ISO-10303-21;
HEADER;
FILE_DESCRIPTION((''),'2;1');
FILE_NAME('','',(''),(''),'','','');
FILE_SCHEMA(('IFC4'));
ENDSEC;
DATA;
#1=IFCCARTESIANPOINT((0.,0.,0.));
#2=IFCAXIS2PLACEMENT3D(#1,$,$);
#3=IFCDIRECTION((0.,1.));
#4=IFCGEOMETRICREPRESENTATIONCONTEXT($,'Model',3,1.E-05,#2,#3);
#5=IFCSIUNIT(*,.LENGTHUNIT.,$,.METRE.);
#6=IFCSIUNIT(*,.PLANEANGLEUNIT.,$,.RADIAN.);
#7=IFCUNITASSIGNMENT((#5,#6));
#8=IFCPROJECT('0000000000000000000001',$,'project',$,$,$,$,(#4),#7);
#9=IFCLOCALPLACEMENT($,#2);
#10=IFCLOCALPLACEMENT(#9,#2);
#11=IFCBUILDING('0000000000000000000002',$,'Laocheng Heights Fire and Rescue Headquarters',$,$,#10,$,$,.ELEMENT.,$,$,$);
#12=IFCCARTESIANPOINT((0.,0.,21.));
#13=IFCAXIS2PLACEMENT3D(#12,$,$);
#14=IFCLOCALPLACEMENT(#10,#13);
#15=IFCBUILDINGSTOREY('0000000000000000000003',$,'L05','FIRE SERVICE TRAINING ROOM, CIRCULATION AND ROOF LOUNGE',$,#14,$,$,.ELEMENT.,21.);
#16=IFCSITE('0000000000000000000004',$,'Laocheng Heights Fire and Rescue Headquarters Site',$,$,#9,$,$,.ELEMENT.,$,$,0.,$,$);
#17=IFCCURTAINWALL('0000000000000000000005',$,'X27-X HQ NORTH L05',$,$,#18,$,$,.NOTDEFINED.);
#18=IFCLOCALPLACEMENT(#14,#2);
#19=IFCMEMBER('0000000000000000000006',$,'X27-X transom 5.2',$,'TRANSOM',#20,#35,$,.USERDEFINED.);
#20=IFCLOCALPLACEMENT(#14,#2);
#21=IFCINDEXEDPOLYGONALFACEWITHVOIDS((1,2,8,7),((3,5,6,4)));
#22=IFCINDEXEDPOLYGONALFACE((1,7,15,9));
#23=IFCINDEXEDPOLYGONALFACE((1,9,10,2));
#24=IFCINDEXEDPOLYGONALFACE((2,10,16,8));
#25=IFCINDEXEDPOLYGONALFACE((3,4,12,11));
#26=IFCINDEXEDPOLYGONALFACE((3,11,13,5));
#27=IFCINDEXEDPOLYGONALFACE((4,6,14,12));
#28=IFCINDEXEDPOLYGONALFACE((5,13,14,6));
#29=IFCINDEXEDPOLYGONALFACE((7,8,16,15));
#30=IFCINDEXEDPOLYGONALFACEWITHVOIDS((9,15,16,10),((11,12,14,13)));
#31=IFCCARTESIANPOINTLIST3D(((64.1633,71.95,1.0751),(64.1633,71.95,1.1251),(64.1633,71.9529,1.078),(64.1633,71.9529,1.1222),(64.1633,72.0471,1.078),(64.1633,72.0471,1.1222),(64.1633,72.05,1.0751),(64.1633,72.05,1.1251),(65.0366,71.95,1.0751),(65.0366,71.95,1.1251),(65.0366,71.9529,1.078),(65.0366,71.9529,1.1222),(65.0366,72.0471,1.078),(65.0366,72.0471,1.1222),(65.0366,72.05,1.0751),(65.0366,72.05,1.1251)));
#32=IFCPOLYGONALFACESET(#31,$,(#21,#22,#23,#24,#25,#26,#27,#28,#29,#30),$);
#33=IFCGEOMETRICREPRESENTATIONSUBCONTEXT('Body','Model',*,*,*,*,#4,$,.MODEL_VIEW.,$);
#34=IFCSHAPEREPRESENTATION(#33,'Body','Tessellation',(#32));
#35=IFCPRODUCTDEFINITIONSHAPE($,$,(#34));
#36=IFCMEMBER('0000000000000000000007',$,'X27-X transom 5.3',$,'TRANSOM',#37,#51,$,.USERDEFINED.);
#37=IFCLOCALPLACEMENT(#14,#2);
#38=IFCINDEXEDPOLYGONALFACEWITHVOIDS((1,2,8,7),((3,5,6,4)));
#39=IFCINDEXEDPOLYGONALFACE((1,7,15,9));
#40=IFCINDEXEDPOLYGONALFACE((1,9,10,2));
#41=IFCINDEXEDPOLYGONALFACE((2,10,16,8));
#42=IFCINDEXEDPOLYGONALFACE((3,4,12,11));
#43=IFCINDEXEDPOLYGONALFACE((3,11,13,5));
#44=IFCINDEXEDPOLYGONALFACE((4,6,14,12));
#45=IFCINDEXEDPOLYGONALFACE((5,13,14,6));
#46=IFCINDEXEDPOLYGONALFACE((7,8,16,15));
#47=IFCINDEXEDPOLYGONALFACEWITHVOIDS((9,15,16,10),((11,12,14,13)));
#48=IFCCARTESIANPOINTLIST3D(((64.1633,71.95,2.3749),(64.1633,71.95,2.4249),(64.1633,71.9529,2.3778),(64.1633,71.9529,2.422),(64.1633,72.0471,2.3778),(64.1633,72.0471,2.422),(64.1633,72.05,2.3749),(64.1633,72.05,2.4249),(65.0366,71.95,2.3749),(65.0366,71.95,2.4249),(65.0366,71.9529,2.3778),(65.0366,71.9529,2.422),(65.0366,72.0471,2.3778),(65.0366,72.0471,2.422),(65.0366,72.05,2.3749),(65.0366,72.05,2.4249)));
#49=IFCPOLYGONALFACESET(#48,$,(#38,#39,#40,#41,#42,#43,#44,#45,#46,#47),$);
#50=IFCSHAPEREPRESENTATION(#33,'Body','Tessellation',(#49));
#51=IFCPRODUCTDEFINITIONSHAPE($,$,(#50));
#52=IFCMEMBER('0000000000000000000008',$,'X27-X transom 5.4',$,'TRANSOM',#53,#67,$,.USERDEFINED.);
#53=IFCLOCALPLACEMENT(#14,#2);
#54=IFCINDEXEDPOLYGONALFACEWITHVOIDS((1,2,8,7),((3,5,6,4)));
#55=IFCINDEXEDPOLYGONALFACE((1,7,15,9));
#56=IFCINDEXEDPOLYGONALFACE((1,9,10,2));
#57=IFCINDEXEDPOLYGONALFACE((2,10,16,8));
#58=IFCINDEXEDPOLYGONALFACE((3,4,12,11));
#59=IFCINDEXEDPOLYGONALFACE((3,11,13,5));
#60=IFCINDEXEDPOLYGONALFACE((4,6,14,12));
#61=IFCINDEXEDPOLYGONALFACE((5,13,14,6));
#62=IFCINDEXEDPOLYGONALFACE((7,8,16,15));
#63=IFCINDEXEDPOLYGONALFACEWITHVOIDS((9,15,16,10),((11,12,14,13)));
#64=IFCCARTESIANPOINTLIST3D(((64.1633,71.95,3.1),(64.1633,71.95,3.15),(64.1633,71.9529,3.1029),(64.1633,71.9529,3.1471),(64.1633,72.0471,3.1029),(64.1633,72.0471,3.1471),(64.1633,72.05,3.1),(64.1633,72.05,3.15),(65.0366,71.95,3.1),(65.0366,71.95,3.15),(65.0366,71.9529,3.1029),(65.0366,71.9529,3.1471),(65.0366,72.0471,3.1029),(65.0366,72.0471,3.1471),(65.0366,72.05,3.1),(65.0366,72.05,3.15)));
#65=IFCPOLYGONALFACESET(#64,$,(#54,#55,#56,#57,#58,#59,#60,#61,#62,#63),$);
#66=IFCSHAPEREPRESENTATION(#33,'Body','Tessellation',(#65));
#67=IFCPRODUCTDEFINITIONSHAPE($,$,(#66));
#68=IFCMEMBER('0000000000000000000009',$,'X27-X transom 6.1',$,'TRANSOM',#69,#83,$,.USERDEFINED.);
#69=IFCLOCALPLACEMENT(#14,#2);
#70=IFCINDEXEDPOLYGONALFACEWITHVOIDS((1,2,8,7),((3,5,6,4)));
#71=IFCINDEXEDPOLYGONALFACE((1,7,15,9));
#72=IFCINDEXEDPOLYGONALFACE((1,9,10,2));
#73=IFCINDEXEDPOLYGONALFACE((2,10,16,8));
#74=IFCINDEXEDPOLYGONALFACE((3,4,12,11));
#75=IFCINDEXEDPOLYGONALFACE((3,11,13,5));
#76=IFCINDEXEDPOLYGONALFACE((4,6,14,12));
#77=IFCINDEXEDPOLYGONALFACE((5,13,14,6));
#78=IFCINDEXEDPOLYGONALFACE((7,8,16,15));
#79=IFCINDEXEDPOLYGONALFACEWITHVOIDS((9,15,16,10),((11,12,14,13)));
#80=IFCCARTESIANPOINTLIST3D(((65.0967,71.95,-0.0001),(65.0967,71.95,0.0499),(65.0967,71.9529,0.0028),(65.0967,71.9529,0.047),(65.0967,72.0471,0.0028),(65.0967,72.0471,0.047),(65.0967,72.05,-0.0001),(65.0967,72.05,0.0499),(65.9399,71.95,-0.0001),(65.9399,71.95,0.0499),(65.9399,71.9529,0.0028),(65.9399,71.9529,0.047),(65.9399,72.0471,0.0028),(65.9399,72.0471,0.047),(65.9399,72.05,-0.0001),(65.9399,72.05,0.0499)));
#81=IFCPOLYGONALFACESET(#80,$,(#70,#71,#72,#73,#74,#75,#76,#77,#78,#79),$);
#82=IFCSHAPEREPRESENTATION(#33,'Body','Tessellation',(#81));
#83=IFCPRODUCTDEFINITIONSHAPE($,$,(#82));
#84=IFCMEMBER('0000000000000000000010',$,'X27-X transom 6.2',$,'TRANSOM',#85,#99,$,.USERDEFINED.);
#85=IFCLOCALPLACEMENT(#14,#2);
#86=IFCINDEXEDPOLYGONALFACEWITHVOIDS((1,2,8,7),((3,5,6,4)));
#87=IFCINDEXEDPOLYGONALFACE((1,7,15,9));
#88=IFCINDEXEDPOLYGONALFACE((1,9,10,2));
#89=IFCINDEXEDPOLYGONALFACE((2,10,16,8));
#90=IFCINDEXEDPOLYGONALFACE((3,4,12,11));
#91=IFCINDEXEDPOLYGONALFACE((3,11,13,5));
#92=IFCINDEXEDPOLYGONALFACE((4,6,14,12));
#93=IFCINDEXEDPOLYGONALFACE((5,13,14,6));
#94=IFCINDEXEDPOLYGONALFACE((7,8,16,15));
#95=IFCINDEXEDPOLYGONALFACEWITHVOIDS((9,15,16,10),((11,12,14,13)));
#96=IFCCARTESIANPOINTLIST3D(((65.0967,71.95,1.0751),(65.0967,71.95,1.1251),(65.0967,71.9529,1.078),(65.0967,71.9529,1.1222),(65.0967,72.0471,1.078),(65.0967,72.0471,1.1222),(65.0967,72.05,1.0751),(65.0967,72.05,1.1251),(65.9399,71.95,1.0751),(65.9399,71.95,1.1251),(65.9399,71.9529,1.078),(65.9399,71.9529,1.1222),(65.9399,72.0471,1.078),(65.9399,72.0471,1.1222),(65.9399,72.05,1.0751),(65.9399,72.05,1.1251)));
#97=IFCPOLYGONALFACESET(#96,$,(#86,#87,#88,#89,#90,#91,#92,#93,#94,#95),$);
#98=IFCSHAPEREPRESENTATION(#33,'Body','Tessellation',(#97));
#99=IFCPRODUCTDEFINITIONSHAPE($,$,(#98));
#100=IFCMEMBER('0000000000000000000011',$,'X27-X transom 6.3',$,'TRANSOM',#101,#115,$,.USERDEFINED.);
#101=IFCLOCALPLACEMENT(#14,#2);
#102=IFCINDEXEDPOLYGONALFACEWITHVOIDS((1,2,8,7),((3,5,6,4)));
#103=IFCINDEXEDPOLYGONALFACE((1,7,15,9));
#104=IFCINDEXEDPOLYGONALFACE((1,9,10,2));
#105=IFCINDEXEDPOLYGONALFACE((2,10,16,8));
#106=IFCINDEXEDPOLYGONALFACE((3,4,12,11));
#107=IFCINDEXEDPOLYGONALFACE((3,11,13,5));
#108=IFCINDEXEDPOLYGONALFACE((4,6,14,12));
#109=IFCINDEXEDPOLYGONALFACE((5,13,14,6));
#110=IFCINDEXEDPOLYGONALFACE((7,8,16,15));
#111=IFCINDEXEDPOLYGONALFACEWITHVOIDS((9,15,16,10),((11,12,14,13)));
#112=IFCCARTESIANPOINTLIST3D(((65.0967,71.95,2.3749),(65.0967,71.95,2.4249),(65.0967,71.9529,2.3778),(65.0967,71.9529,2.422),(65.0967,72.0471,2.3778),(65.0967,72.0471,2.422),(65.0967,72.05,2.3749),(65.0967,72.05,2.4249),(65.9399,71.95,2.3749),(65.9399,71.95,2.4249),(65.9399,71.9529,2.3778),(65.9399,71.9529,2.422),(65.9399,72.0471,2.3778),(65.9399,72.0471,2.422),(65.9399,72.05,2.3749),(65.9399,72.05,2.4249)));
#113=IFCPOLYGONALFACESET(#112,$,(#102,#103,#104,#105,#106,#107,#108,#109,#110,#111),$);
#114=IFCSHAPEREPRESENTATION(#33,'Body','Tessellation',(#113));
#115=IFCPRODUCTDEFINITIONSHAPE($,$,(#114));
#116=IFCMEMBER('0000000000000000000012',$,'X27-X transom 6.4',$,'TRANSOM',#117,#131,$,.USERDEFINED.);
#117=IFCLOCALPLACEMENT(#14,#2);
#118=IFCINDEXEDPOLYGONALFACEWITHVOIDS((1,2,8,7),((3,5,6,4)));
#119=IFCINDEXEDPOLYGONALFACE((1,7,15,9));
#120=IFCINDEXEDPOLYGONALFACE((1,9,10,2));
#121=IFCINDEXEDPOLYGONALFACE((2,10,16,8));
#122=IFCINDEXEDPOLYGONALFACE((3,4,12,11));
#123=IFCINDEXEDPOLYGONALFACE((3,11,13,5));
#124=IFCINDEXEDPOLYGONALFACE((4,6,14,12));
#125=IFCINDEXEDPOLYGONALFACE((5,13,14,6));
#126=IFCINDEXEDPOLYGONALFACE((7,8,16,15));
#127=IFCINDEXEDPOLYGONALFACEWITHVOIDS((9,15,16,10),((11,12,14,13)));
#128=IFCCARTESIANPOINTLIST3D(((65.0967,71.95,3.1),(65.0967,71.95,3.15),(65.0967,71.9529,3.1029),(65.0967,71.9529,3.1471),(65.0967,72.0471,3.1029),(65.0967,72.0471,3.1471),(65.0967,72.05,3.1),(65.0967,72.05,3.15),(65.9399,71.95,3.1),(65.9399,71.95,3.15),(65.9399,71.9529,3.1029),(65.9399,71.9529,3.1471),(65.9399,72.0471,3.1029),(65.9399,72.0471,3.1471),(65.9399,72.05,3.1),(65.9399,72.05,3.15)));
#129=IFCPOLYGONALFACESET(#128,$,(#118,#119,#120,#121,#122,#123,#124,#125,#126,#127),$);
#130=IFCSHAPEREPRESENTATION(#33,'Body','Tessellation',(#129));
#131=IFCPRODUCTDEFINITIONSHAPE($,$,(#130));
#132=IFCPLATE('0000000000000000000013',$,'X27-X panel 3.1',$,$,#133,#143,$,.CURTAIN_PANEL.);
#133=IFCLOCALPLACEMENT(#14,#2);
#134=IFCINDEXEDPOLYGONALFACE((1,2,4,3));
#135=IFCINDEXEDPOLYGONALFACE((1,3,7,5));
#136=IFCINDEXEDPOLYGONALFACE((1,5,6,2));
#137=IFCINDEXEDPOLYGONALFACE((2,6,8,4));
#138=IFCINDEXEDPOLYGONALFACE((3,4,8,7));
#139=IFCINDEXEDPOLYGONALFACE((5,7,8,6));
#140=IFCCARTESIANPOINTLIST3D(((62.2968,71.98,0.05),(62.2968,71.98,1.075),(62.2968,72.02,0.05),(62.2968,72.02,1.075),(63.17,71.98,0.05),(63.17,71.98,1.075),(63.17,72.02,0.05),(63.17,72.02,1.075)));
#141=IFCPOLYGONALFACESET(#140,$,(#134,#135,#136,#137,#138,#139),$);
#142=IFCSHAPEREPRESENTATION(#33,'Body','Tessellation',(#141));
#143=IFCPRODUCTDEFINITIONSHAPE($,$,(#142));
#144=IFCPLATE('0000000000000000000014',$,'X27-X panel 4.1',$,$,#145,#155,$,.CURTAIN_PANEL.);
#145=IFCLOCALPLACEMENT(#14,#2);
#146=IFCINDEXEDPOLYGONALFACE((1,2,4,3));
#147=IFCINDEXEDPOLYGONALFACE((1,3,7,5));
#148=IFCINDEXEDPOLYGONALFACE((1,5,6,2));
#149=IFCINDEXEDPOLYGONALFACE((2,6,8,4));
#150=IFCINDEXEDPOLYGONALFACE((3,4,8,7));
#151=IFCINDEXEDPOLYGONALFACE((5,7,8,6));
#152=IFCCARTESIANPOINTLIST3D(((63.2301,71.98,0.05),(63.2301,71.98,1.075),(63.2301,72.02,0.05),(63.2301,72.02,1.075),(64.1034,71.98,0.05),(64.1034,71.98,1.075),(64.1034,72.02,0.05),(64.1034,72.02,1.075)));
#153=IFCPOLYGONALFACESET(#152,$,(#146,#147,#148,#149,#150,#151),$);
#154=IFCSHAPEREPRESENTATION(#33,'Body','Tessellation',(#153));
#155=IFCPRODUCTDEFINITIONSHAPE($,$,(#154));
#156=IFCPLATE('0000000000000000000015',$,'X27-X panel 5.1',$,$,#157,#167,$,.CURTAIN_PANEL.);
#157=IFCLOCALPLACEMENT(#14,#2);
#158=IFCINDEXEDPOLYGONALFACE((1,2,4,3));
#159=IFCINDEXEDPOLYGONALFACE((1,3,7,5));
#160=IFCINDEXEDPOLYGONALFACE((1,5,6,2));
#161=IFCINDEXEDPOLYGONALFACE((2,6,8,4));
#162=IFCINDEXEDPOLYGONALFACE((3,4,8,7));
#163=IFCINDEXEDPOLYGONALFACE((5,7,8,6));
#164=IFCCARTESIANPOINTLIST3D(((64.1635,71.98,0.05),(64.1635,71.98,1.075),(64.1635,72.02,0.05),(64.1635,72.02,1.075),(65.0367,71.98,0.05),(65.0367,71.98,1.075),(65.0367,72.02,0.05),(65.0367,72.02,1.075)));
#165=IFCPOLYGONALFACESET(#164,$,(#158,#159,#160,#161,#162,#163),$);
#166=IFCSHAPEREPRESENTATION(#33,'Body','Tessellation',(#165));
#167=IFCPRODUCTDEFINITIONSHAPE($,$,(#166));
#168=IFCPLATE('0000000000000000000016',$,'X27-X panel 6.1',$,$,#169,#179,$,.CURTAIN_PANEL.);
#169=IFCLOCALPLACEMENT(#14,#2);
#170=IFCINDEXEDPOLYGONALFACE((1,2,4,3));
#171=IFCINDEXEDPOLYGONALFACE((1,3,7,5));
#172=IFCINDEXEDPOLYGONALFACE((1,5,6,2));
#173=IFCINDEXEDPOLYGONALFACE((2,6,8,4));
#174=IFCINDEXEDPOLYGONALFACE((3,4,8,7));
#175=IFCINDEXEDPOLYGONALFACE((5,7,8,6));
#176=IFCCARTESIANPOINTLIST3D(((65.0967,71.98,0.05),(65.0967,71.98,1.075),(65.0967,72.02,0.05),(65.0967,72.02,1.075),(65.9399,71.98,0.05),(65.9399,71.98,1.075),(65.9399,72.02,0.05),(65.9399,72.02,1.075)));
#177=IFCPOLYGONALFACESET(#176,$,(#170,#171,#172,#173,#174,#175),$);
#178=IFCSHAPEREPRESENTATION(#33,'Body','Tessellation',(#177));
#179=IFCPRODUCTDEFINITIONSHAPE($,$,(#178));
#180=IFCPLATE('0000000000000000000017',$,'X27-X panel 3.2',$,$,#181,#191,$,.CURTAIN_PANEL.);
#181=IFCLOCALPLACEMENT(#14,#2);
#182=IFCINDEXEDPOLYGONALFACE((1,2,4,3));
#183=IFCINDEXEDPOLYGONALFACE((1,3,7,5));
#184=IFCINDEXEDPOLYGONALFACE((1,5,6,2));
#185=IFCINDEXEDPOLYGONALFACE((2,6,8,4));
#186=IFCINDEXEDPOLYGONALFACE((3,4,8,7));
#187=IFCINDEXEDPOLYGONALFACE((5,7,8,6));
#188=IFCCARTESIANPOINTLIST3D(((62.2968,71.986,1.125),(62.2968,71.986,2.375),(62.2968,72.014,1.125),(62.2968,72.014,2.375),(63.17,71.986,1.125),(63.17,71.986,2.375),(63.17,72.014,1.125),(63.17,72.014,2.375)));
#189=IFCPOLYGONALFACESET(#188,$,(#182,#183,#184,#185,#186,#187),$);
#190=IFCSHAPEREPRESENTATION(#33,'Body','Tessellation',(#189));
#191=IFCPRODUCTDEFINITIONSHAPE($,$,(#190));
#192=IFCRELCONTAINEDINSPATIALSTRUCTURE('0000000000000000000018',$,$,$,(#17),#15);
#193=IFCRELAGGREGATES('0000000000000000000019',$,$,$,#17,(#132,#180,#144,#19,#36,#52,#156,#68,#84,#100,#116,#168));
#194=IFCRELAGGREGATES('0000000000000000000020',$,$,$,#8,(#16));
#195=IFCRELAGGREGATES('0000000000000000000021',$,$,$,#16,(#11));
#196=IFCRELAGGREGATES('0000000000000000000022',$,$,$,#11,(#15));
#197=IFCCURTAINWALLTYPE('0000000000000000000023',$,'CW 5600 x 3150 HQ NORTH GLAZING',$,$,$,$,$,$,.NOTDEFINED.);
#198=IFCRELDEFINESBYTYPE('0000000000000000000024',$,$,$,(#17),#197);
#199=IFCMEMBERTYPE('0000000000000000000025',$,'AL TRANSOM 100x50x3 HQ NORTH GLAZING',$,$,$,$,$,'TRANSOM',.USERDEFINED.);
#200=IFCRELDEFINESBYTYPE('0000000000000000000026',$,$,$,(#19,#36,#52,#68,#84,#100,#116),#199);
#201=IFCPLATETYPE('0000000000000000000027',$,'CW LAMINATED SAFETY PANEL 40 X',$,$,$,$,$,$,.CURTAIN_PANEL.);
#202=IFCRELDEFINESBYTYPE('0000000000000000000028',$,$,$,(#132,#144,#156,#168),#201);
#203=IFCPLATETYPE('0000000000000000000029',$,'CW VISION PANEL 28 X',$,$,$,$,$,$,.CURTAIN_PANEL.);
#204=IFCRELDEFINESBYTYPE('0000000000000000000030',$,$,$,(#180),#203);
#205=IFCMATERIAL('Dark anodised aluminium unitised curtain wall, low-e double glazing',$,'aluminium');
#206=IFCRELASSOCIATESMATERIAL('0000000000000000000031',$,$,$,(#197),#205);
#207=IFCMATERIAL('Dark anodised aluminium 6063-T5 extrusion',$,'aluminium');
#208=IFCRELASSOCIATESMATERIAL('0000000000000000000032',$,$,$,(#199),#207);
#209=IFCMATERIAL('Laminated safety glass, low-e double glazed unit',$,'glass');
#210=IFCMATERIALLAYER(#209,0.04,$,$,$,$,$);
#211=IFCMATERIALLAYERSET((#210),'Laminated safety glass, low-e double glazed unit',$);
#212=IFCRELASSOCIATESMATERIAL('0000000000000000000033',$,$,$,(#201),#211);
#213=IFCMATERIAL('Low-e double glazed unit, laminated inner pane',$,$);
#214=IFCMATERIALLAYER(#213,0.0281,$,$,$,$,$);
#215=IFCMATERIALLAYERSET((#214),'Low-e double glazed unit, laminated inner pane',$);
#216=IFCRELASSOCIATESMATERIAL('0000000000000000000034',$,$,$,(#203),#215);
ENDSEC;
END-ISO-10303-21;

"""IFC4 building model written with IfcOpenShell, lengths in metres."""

from ifc_helpers import new_model, si_unit, direction, frame, origin, origin_2d, place, context, subcontext, project, spatial, rectangle, hollow_rectangle, extrude, material, layer, layer_set, material_profile, profile_set, type_object, element, aggregate, save


model = new_model("IFC4")

# Units and contexts
model_context = context("Model", 3, precision=1e-05, world=origin(), true_north=direction((0.0, 1.0)))
body_context = subcontext(model_context, "Body", "Model", "MODEL_VIEW")
ifc_project = project(units=[si_unit("LENGTHUNIT", "METRE"), si_unit("PLANEANGLEUNIT", "RADIAN")], contexts=[model_context])

# Site, building, storey
site_placement = place(None, origin())
site = spatial("IfcSite", under=ifc_project, at=site_placement, Name="Laocheng Heights Fire and Rescue Headquarters Site", CompositionType="ELEMENT", RefElevation=0.0)
building_placement = place(site_placement, origin())
building = spatial("IfcBuilding", under=site, at=building_placement, Name="Laocheng Heights Fire and Rescue Headquarters", CompositionType="ELEMENT")
storey_placement = place(building_placement, frame((0.0, 0.0, 21.0)))
storey = spatial("IfcBuildingStorey", under=building, at=storey_placement, Name="L05", Description="FIRE SERVICE TRAINING ROOM, CIRCULATION AND ROOF LOUNGE", CompositionType="ELEMENT", Elevation=21.0)

# Curtain wall, members, plates
ifc_material_1 = material(Name="Dark anodised aluminium unitised curtain wall, low-e double glazing", Category="aluminium")
curtain_wall_type = type_object("IfcCurtainWallType", Name="CW 5600 x 3150 HQ NORTH GLAZING", PredefinedType="NOTDEFINED", material=ifc_material_1)
curtain_wall_placement = place(storey_placement, origin())
curtain_wall = element("IfcCurtainWall", 1, at=curtain_wall_placement, inside=storey, type_object=curtain_wall_type, Name="X27-X HQ NORTH L05", PredefinedType="NOTDEFINED")
ifc_material_2 = material(Name="Dark anodised aluminium 6063-T5 extrusion", Category="aluminium")
ifc_material_profile_1 = material_profile(ifc_material_2, hollow_rectangle(XDim=0.1001, YDim=0.05, WallThickness=0.0029, at=origin_2d()), Name="AL TRANSOM 100x50x3 HQ NORTH GLAZING")
ifc_profile_set_1 = profile_set([ifc_material_profile_1], Name="Dark anodised aluminium 6063-T5 extrusion")
member_type_1 = type_object("IfcMemberType", Name="AL TRANSOM 100x50x3 HQ NORTH GLAZING", ElementType="TRANSOM", PredefinedType="USERDEFINED", material=ifc_profile_set_1)
member_1_placement = place(storey_placement, frame((64.1633, 72.0, 1.1001), z_axis=(1.0, 0.0, 0.0), x_axis=(0.0, 1.0, 0.0)))
member_1 = element("IfcMember", 2, at=member_1_placement, type_object=member_type_1, Name="X27-X transom 5.2", ObjectType="TRANSOM", PredefinedType="USERDEFINED", context=body_context, shape_type="SweptSolid", body=[
    extrude(hollow_rectangle(XDim=0.1001, YDim=0.05, WallThickness=0.0029, at=origin_2d()), origin(), (0.0, 0.0, 1.0), 0.8733),
])
member_2_placement = place(storey_placement, frame((64.1633, 72.0, 2.3999), z_axis=(1.0, 0.0, 0.0), x_axis=(0.0, 1.0, 0.0)))
member_2 = element("IfcMember", 3, at=member_2_placement, type_object=member_type_1, Name="X27-X transom 5.3", ObjectType="TRANSOM", PredefinedType="USERDEFINED", context=body_context, shape_type="SweptSolid", body=[
    extrude(hollow_rectangle(XDim=0.1001, YDim=0.05, WallThickness=0.0029, at=origin_2d()), origin(), (0.0, 0.0, 1.0), 0.8733),
])
member_3_placement = place(storey_placement, frame((64.1633, 72.0, 3.125), z_axis=(1.0, 0.0, 0.0), x_axis=(0.0, 1.0, 0.0)))
member_3 = element("IfcMember", 4, at=member_3_placement, type_object=member_type_1, Name="X27-X transom 5.4", ObjectType="TRANSOM", PredefinedType="USERDEFINED", context=body_context, shape_type="SweptSolid", body=[
    extrude(hollow_rectangle(XDim=0.1001, YDim=0.05, WallThickness=0.0029, at=origin_2d()), origin(), (0.0, 0.0, 1.0), 0.8733),
])
member_4_placement = place(storey_placement, frame((65.0967, 72.0, 0.0249), z_axis=(1.0, 0.0, 0.0), x_axis=(0.0, 1.0, 0.0)))
member_4 = element("IfcMember", 5, at=member_4_placement, type_object=member_type_1, Name="X27-X transom 6.1", ObjectType="TRANSOM", PredefinedType="USERDEFINED", context=body_context, shape_type="SweptSolid", body=[
    extrude(hollow_rectangle(XDim=0.1001, YDim=0.05, WallThickness=0.0029, at=origin_2d()), origin(), (0.0, 0.0, 1.0), 0.8433),
])
member_5_placement = place(storey_placement, frame((65.0967, 72.0, 1.1001), z_axis=(1.0, 0.0, 0.0), x_axis=(0.0, 1.0, 0.0)))
member_5 = element("IfcMember", 6, at=member_5_placement, type_object=member_type_1, Name="X27-X transom 6.2", ObjectType="TRANSOM", PredefinedType="USERDEFINED", context=body_context, shape_type="SweptSolid", body=[
    extrude(hollow_rectangle(XDim=0.1001, YDim=0.05, WallThickness=0.0029, at=origin_2d()), origin(), (0.0, 0.0, 1.0), 0.8433),
])
member_6_placement = place(storey_placement, frame((65.0967, 72.0, 2.3999), z_axis=(1.0, 0.0, 0.0), x_axis=(0.0, 1.0, 0.0)))
member_6 = element("IfcMember", 7, at=member_6_placement, type_object=member_type_1, Name="X27-X transom 6.3", ObjectType="TRANSOM", PredefinedType="USERDEFINED", context=body_context, shape_type="SweptSolid", body=[
    extrude(hollow_rectangle(XDim=0.1001, YDim=0.05, WallThickness=0.0029, at=origin_2d()), origin(), (0.0, 0.0, 1.0), 0.8433),
])
member_7_placement = place(storey_placement, frame((65.0967, 72.0, 3.125), z_axis=(1.0, 0.0, 0.0), x_axis=(0.0, 1.0, 0.0)))
member_7 = element("IfcMember", 8, at=member_7_placement, type_object=member_type_1, Name="X27-X transom 6.4", ObjectType="TRANSOM", PredefinedType="USERDEFINED", context=body_context, shape_type="SweptSolid", body=[
    extrude(hollow_rectangle(XDim=0.1001, YDim=0.05, WallThickness=0.0029, at=origin_2d()), origin(), (0.0, 0.0, 1.0), 0.8433),
])
ifc_material_3 = material(Name="Laminated safety glass, low-e double glazed unit", Category="glass")
ifc_layer_1 = layer(ifc_material_3, 0.04)
ifc_layer_set_1 = layer_set([ifc_layer_1], Name="Laminated safety glass, low-e double glazed unit")
plate_type_1 = type_object("IfcPlateType", Name="CW LAMINATED SAFETY PANEL 40 X", PredefinedType="CURTAIN_PANEL", material=ifc_layer_set_1)
plate_1_placement = place(storey_placement, frame((62.7334, 72.0, 0.05), z_axis=(0.0, 0.0, 1.0), x_axis=(1.0, 0.0, 0.0)))
plate_1 = element("IfcPlate", 9, at=plate_1_placement, type_object=plate_type_1, Name="X27-X panel 3.1", PredefinedType="CURTAIN_PANEL", context=body_context, shape_type="SweptSolid", body=[
    extrude(rectangle(XDim=0.8733, YDim=0.04, at=origin_2d()), origin(), (0.0, 0.0, 1.0), 1.0249),
])
plate_2_placement = place(storey_placement, frame((63.6667, 72.0, 0.05), z_axis=(0.0, 0.0, 1.0), x_axis=(1.0, 0.0, 0.0)))
plate_2 = element("IfcPlate", 10, at=plate_2_placement, type_object=plate_type_1, Name="X27-X panel 4.1", PredefinedType="CURTAIN_PANEL", context=body_context, shape_type="SweptSolid", body=[
    extrude(rectangle(XDim=0.8733, YDim=0.04, at=origin_2d()), origin(), (0.0, 0.0, 1.0), 1.0249),
])
plate_3_placement = place(storey_placement, frame((64.6001, 72.0, 0.05), z_axis=(0.0, 0.0, 1.0), x_axis=(1.0, 0.0, 0.0)))
plate_3 = element("IfcPlate", 11, at=plate_3_placement, type_object=plate_type_1, Name="X27-X panel 5.1", PredefinedType="CURTAIN_PANEL", context=body_context, shape_type="SweptSolid", body=[
    extrude(rectangle(XDim=0.8733, YDim=0.04, at=origin_2d()), origin(), (0.0, 0.0, 1.0), 1.0249),
])
plate_4_placement = place(storey_placement, frame((65.5183, 72.0, 0.05), z_axis=(0.0, 0.0, 1.0), x_axis=(1.0, 0.0, 0.0)))
plate_4 = element("IfcPlate", 12, at=plate_4_placement, type_object=plate_type_1, Name="X27-X panel 6.1", PredefinedType="CURTAIN_PANEL", context=body_context, shape_type="SweptSolid", body=[
    extrude(rectangle(XDim=0.8433, YDim=0.04, at=origin_2d()), origin(), (0.0, 0.0, 1.0), 1.0249),
])
ifc_material_4 = material(Name="Low-e double glazed unit, laminated inner pane")
ifc_layer_2 = layer(ifc_material_4, 0.0281)
ifc_layer_set_2 = layer_set([ifc_layer_2], Name="Low-e double glazed unit, laminated inner pane")
plate_type_2 = type_object("IfcPlateType", Name="CW VISION PANEL 28 X", PredefinedType="CURTAIN_PANEL", material=ifc_layer_set_2)
plate_5_placement = place(storey_placement, frame((62.7334, 72.0, 1.125), z_axis=(0.0, 0.0, 1.0), x_axis=(1.0, 0.0, 0.0)))
plate_5 = element("IfcPlate", 13, at=plate_5_placement, type_object=plate_type_2, Name="X27-X panel 3.2", PredefinedType="CURTAIN_PANEL", context=body_context, shape_type="SweptSolid", body=[
    extrude(rectangle(XDim=0.8733, YDim=0.0281, at=origin_2d()), origin(), (0.0, 0.0, 1.0), 1.25),
])
aggregate(curtain_wall, [plate_1, plate_5, plate_2, member_1, member_2, member_3, plate_3, member_4, member_5, member_6, member_7, plate_4])

save(model, "model.ifc")
